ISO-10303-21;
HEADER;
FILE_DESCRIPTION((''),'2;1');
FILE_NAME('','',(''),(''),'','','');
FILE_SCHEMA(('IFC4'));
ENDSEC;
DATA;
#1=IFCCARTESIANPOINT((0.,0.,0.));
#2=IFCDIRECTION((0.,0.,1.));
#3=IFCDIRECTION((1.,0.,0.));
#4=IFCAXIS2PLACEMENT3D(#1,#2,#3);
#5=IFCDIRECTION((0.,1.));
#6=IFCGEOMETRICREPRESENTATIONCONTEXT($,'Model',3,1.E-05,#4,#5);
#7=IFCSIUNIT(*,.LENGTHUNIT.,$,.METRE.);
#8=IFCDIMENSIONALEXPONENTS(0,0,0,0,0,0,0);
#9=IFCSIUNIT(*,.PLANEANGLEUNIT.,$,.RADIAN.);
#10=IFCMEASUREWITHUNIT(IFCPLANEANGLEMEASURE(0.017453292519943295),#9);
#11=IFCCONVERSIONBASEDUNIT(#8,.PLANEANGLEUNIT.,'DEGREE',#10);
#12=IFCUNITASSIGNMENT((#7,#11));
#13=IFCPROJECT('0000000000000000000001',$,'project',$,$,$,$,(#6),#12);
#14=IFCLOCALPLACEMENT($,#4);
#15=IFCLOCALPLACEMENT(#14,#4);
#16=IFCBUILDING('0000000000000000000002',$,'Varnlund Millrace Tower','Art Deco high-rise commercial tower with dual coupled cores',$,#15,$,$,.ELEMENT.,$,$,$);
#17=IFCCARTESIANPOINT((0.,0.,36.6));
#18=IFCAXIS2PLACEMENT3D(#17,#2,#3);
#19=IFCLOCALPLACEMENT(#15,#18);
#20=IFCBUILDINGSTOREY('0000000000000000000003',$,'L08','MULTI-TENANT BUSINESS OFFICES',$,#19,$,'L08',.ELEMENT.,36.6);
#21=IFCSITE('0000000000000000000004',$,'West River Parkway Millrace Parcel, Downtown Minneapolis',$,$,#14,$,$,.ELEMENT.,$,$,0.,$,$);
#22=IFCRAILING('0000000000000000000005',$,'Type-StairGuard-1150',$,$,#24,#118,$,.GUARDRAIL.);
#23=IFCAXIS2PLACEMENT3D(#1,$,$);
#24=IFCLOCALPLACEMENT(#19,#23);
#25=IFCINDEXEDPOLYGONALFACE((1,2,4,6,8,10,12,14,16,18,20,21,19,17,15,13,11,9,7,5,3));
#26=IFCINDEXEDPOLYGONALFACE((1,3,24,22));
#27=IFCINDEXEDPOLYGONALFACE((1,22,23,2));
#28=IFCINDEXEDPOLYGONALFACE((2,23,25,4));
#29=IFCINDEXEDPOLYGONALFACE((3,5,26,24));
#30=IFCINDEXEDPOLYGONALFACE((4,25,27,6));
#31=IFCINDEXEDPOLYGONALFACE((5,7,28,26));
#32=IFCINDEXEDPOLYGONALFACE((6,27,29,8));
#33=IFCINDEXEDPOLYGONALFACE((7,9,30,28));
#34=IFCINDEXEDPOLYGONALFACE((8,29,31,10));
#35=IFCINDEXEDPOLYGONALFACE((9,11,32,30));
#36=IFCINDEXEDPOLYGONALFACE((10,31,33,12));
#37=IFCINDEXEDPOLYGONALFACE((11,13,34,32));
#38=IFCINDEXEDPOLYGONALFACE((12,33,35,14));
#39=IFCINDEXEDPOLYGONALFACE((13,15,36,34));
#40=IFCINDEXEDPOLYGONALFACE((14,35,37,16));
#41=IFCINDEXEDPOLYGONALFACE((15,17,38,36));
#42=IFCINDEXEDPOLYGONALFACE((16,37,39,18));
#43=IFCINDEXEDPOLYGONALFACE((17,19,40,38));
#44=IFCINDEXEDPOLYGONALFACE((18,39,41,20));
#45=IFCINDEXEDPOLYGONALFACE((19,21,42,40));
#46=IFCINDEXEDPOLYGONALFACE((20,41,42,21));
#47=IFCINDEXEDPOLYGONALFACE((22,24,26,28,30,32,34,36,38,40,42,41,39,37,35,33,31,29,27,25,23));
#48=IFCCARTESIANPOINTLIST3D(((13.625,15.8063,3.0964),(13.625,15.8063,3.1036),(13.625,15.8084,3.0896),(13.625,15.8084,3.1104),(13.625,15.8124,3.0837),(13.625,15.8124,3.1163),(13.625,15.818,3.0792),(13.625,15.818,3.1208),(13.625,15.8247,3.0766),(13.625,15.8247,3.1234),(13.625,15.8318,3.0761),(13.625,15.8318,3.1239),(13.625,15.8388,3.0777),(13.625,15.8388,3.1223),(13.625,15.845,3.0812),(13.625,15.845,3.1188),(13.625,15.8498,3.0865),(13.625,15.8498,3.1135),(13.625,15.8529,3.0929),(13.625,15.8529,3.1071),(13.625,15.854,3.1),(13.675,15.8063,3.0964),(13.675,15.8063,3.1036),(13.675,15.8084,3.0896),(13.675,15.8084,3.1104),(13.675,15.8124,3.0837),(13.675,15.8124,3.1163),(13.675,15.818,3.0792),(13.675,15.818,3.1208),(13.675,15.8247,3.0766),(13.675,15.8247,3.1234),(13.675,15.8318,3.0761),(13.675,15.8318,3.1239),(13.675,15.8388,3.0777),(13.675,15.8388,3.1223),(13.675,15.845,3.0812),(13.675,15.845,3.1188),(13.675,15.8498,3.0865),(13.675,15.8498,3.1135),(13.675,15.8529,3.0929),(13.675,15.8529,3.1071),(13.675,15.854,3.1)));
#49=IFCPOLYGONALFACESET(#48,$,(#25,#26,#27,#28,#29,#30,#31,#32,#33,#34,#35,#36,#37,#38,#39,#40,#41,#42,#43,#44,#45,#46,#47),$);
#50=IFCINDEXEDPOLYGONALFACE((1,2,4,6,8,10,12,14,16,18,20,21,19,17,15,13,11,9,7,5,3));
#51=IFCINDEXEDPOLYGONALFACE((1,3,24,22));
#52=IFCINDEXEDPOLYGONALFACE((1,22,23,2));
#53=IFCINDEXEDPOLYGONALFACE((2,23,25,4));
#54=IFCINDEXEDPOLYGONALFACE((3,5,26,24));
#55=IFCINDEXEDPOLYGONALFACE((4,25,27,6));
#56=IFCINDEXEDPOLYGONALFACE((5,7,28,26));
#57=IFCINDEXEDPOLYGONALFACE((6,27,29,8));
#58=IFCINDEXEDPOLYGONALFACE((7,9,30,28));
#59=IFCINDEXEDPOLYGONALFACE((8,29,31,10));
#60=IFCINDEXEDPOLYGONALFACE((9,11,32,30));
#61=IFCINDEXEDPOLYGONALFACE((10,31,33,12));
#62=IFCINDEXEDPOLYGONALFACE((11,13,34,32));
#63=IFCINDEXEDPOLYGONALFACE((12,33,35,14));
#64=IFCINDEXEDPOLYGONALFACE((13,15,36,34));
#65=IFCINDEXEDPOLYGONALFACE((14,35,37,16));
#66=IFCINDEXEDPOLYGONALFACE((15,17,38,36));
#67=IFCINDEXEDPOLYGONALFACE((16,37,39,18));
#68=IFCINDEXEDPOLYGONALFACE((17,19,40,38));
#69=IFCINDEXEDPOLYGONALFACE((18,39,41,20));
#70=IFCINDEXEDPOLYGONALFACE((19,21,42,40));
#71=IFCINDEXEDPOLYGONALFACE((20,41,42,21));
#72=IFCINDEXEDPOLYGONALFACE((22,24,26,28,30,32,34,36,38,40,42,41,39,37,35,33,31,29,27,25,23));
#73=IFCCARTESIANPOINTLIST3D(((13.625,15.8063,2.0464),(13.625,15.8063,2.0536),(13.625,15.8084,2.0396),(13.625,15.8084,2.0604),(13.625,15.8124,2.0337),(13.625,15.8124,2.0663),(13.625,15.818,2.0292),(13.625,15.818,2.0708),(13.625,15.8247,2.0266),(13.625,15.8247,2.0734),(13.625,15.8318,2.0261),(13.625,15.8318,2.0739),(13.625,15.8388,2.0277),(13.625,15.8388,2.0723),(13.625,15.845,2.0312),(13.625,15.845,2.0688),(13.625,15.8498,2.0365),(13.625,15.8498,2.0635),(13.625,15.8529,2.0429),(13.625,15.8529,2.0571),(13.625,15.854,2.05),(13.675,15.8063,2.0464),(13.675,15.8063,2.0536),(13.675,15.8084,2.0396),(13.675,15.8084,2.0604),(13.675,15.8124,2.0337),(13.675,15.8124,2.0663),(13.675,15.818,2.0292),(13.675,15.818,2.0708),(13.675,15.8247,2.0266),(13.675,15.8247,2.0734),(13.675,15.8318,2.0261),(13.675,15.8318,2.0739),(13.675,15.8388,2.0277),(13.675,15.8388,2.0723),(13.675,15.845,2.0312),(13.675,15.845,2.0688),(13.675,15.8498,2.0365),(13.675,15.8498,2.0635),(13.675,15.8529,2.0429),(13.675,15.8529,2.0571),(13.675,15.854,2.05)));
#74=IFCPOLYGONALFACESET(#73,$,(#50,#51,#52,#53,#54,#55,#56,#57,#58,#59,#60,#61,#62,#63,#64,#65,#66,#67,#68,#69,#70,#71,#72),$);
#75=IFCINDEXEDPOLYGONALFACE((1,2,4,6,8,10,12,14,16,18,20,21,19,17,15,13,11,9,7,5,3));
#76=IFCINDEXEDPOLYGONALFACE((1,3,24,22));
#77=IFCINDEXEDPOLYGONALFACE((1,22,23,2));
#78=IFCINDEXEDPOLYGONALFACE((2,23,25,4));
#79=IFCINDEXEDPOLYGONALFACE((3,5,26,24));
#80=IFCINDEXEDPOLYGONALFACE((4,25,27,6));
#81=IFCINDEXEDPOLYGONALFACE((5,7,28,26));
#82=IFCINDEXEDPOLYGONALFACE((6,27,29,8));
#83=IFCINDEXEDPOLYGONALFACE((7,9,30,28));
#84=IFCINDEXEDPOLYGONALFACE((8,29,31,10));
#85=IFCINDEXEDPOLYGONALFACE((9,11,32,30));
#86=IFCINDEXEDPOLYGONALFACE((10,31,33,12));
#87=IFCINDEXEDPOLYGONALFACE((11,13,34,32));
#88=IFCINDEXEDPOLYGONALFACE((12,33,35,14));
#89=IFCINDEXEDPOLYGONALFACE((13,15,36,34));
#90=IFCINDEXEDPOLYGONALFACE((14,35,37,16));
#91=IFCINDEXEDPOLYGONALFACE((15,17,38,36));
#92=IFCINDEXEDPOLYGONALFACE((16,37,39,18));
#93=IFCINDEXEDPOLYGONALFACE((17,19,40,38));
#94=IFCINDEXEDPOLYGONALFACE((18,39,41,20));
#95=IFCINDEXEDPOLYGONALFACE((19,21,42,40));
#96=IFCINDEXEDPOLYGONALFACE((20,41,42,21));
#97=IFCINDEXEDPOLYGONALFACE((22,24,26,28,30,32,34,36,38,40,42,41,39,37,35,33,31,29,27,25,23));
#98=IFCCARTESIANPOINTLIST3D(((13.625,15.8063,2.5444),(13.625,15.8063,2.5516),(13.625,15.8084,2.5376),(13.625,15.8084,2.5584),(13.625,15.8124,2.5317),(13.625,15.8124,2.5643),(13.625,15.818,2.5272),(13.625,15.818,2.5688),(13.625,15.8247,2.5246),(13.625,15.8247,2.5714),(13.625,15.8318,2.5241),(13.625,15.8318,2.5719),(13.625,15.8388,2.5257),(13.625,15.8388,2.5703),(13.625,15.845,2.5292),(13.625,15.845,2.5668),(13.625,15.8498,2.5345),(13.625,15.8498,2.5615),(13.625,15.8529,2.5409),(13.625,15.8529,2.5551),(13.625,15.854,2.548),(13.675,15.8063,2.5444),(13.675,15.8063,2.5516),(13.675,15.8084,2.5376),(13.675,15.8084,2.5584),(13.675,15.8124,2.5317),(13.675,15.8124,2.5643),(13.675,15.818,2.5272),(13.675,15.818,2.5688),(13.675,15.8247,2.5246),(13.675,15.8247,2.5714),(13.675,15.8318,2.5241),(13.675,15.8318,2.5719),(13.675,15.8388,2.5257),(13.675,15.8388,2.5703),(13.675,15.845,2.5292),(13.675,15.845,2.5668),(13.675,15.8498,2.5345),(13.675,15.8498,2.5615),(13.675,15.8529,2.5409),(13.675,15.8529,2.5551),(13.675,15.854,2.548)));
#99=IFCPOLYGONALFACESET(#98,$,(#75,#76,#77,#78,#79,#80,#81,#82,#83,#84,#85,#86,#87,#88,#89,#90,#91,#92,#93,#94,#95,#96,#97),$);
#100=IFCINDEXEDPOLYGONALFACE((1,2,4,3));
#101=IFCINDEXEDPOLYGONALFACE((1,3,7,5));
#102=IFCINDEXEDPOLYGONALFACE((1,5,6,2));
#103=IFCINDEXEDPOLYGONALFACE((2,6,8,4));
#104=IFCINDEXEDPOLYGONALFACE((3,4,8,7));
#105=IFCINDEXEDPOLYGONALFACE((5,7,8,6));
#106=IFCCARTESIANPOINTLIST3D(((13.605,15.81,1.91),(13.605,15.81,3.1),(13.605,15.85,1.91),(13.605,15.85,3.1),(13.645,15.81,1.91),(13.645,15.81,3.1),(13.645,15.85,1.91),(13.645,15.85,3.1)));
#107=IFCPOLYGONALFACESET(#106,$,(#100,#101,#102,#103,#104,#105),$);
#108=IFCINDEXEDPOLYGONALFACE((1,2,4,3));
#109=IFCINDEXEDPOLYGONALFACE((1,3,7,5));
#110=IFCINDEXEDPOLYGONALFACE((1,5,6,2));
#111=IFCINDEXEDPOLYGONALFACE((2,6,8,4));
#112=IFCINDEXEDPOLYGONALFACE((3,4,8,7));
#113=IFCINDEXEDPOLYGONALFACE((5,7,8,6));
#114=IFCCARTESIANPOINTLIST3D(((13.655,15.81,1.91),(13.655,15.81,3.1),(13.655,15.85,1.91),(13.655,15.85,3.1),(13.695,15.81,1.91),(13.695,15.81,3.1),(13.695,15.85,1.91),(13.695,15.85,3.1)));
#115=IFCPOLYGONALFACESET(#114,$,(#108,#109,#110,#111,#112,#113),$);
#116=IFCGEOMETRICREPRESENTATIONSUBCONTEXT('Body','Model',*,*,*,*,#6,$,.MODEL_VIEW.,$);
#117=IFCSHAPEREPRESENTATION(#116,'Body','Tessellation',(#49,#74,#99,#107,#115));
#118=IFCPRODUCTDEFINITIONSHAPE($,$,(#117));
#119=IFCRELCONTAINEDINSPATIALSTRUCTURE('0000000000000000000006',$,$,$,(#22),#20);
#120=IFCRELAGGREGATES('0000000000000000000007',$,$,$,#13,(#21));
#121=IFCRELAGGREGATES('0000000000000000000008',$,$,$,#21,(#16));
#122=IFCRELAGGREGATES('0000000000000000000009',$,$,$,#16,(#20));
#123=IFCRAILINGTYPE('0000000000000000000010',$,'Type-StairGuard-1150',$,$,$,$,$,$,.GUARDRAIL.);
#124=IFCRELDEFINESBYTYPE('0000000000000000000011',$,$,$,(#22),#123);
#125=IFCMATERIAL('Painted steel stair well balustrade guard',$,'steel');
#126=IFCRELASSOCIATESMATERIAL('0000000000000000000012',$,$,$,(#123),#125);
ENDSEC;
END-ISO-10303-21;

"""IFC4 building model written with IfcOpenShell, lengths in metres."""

from ifc_helpers import new_model, entity, si_unit, converted_unit, direction, frame, origin_with_axes, origin_2d_with_axis, place, context, subcontext, project, spatial, rectangle, circle, extrude, material, type_object, element, save


model = new_model("IFC4")

# Units and contexts
model_context = context("Model", 3, precision=1e-05, world=origin_with_axes(), true_north=direction((0.0, 1.0)))
body_context = subcontext(model_context, "Body", "Model", "MODEL_VIEW")
ifc_project = project(units=[si_unit("LENGTHUNIT", "METRE"), converted_unit("PLANEANGLEUNIT", "DEGREE", entity("IfcPlaneAngleMeasure", 0.017453292519943295), si_unit("PLANEANGLEUNIT", "RADIAN"), dimensions=[0, 0, 0, 0, 0, 0, 0])], contexts=[model_context])

# Site, building, storey
site_placement = place(None, origin_with_axes())
site = spatial("IfcSite", under=ifc_project, at=site_placement, Name="West River Parkway Millrace Parcel, Downtown Minneapolis", CompositionType="ELEMENT", RefElevation=0.0)
building_placement = place(site_placement, origin_with_axes())
building = spatial("IfcBuilding", under=site, at=building_placement, Name="Varnlund Millrace Tower", Description="Art Deco high-rise commercial tower with dual coupled cores", CompositionType="ELEMENT")
storey_placement = place(building_placement, frame((0.0, 0.0, 36.6), z_axis=(0.0, 0.0, 1.0), x_axis=(1.0, 0.0, 0.0)))
storey = spatial("IfcBuildingStorey", under=building, at=storey_placement, Name="L08", Description="MULTI-TENANT BUSINESS OFFICES", LongName="L08", CompositionType="ELEMENT", Elevation=36.6)

# Railing
ifc_material_1 = material(Name="Painted steel stair well balustrade guard", Category="steel")
railing_type_1 = type_object("IfcRailingType", Name="Type-StairGuard-1150", PredefinedType="GUARDRAIL", material=ifc_material_1)
railing_1_placement = place(storey_placement, frame((0.0, 0.0, -36.6), z_axis=(0.0, 0.0, 1.0), x_axis=(1.0, 0.0, 0.0)))
element("IfcRailing", 1, at=railing_1_placement, inside=storey, type_object=railing_type_1, Name="Type-StairGuard-1150", PredefinedType="GUARDRAIL", context=body_context, shape_type="SweptSolid", body=[
    extrude(circle(Radius=0.024, at=origin_2d_with_axis()), frame((13.625, 15.83, 39.7), z_axis=(1.0, 0.0, 0.0), x_axis=(0.0, 1.0, 0.0)), (0.0, 0.0, 1.0), 0.05),
    extrude(circle(Radius=0.024, at=origin_2d_with_axis()), frame((13.625, 15.83, 38.65), z_axis=(1.0, 0.0, 0.0), x_axis=(0.0, 1.0, 0.0)), (0.0, 0.0, 1.0), 0.05),
    extrude(circle(Radius=0.024, at=origin_2d_with_axis()), frame((13.625, 15.83, 39.148), z_axis=(1.0, 0.0, 0.0), x_axis=(0.0, 1.0, 0.0)), (0.0, 0.0, 1.0), 0.05),
    extrude(rectangle(XDim=0.04, YDim=0.04, at=origin_2d_with_axis()), frame((13.625, 15.83, 38.51), z_axis=(0.0, 0.0, 1.0), x_axis=(1.0, 0.0, 0.0)), (0.0, 0.0, 1.0), 1.19),
    extrude(rectangle(XDim=0.04, YDim=0.04, at=origin_2d_with_axis()), frame((13.675, 15.83, 38.51), z_axis=(0.0, 0.0, 1.0), x_axis=(1.0, 0.0, 0.0)), (0.0, 0.0, 1.0), 1.19),
])

save(model, "model.ifc")
